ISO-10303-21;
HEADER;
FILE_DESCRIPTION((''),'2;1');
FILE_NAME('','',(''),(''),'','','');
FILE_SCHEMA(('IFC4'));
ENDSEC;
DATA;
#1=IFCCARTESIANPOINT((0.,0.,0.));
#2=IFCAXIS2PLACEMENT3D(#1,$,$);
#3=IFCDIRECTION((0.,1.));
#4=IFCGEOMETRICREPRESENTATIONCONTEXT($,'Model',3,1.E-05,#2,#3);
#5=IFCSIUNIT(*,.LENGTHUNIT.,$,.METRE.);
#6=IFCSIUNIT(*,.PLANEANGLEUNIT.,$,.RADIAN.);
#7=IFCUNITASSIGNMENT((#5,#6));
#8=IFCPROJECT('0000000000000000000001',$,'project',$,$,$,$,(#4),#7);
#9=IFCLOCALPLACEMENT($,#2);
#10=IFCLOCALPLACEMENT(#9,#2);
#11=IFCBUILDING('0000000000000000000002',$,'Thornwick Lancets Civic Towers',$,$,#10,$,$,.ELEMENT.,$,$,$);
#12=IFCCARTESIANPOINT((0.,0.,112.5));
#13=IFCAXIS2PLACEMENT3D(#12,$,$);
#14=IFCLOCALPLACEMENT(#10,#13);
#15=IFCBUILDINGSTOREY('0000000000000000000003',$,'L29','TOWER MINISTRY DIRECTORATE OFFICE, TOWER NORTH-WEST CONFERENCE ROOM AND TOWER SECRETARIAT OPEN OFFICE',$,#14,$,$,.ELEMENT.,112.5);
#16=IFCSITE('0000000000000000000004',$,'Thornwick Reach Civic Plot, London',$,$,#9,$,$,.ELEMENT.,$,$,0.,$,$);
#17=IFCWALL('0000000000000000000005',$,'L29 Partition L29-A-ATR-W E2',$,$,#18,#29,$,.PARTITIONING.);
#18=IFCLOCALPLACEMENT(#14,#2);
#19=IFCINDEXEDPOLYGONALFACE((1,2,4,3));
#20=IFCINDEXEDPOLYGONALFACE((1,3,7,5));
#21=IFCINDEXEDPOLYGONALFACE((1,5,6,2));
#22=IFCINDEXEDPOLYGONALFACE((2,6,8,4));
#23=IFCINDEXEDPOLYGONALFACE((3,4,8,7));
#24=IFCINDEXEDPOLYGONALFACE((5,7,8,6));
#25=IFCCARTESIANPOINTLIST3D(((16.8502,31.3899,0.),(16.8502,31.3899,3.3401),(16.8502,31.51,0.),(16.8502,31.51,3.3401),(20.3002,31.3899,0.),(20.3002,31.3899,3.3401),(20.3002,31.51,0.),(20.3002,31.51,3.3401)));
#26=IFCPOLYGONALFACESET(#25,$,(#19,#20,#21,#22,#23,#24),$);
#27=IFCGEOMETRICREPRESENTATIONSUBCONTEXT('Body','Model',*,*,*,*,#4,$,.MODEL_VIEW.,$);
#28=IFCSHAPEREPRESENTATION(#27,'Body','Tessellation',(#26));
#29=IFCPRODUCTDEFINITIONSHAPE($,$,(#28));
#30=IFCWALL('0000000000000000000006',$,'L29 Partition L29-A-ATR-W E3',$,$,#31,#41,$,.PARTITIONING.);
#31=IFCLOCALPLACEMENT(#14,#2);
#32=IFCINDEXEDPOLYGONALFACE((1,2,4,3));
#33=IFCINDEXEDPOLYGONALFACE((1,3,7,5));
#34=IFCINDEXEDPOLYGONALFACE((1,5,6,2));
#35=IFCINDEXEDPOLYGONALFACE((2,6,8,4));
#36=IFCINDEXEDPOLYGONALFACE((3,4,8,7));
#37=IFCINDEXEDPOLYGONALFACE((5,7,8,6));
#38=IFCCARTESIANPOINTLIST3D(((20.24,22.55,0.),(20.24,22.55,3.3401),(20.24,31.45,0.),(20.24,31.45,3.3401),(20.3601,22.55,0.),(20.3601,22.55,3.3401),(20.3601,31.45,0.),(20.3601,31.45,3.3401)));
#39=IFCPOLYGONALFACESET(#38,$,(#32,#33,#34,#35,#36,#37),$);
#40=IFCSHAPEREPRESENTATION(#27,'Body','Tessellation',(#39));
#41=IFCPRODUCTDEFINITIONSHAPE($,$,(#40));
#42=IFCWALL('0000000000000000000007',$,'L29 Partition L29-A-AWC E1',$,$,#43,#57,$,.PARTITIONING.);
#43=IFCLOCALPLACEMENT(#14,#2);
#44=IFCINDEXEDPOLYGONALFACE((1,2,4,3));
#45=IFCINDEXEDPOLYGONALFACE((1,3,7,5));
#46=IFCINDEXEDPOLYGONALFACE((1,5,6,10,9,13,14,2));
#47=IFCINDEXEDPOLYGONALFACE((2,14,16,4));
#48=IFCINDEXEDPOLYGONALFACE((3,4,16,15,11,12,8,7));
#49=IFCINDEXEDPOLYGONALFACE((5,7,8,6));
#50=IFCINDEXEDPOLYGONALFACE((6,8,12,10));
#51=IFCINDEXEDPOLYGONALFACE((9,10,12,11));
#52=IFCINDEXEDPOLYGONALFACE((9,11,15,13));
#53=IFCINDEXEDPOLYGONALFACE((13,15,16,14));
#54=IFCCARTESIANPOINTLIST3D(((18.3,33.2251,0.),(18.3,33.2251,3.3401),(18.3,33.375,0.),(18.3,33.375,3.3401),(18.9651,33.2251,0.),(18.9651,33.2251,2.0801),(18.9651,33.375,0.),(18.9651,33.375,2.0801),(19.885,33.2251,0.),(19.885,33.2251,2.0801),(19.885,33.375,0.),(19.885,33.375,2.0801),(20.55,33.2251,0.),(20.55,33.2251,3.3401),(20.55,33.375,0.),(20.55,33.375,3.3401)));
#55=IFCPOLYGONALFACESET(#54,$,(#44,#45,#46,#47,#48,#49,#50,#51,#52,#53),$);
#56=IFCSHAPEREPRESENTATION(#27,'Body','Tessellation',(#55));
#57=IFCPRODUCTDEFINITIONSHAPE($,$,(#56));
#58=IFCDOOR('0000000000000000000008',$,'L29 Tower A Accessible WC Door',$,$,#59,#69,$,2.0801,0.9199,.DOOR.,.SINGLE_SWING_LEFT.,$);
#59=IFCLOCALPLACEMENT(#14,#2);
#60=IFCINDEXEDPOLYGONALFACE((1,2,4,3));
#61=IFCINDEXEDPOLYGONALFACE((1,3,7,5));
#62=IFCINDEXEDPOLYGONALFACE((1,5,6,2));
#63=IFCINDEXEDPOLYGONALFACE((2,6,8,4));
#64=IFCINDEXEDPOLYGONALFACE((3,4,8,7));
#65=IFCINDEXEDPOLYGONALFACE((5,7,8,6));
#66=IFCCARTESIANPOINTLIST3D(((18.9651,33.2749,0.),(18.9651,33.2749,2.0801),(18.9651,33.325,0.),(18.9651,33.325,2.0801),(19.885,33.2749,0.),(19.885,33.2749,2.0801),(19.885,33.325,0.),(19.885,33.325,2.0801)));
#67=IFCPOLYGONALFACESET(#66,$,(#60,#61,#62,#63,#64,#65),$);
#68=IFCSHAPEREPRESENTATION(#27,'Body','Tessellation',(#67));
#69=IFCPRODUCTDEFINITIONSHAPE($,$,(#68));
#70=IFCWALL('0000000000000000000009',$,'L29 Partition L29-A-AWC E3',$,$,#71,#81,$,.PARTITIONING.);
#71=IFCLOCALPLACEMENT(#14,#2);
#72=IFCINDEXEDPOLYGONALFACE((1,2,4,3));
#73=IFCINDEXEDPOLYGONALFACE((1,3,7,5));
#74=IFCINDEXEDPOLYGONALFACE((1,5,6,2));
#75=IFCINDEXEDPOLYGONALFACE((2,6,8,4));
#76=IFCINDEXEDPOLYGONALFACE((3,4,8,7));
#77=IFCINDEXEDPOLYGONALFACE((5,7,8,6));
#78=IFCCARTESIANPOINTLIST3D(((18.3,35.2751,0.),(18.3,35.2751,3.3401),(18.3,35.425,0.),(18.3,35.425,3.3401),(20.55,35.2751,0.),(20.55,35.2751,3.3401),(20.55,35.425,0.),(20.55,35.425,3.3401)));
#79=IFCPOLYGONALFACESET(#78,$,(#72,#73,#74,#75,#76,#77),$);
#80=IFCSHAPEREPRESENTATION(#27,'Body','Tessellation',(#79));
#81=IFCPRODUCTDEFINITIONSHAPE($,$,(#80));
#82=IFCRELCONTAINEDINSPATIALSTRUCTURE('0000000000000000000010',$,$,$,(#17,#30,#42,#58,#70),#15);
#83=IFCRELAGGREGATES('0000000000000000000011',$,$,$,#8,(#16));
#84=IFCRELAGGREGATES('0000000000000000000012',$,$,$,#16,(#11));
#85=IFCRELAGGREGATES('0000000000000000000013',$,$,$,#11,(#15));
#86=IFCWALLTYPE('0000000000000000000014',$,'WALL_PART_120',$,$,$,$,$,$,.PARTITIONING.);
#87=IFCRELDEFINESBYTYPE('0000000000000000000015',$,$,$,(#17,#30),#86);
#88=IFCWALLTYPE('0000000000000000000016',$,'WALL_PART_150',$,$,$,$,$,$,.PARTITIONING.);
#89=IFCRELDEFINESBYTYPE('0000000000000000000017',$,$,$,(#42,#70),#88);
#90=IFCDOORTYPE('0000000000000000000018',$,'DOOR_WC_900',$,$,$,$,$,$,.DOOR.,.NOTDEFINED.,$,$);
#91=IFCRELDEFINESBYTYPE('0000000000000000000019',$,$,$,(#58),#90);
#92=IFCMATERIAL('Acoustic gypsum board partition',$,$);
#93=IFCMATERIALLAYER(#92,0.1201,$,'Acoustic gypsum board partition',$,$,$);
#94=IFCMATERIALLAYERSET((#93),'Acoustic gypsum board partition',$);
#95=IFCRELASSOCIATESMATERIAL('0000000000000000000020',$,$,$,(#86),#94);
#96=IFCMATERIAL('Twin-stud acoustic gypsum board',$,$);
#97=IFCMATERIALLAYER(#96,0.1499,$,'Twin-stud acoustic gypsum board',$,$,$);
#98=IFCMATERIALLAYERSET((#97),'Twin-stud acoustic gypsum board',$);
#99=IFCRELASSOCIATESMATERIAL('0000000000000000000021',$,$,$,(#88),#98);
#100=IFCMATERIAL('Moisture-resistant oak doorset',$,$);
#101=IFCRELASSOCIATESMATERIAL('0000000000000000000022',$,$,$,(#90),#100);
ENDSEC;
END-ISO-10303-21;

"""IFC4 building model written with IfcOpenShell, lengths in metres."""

from ifc_helpers import new_model, si_unit, direction, frame, frame_2d, origin, place, context, subcontext, project, spatial, rectangle, extrude, material, layer, layer_set, type_object, element, fill, save


model = new_model("IFC4")

# Units and contexts
model_context = context("Model", 3, precision=1e-05, world=origin(), true_north=direction((0.0, 1.0)))
body_context = subcontext(model_context, "Body", "Model", "MODEL_VIEW")
ifc_project = project(units=[si_unit("LENGTHUNIT", "METRE"), si_unit("PLANEANGLEUNIT", "RADIAN")], contexts=[model_context])

# Site, building, storey
site_placement = place(None, origin())
site = spatial("IfcSite", under=ifc_project, at=site_placement, Name="Thornwick Reach Civic Plot, London", CompositionType="ELEMENT", RefElevation=0.0)
building_placement = place(site_placement, origin())
building = spatial("IfcBuilding", under=site, at=building_placement, Name="Thornwick Lancets Civic Towers", CompositionType="ELEMENT")
storey_placement = place(building_placement, frame((0.0, 0.0, 112.5)))
storey = spatial("IfcBuildingStorey", under=building, at=storey_placement, Name="L29", Description="TOWER MINISTRY DIRECTORATE OFFICE, TOWER NORTH-WEST CONFERENCE ROOM AND TOWER SECRETARIAT OPEN OFFICE", CompositionType="ELEMENT", Elevation=112.5)

# Walls
ifc_material_1 = material(Name="Acoustic gypsum board partition")
ifc_layer_1 = layer(ifc_material_1, 0.1201, Name="Acoustic gypsum board partition")
ifc_layer_set_1 = layer_set([ifc_layer_1], Name="Acoustic gypsum board partition")
wall_type_1 = type_object("IfcWallType", Name="WALL_PART_120", PredefinedType="PARTITIONING", material=ifc_layer_set_1)
wall_1_placement = place(storey_placement, frame((16.8501, 31.45, 0.0), z_axis=(0.0, 0.0, 1.0), x_axis=(1.0, 0.0, 0.0)))
element("IfcWall", 1, at=wall_1_placement, inside=storey, type_object=wall_type_1, Name="L29 Partition L29-A-ATR-W E2", PredefinedType="PARTITIONING", context=body_context, shape_type="SweptSolid", body=[
    extrude(rectangle(XDim=3.45, YDim=0.1201, at=frame_2d((1.7251, 0.0))), origin(), (0.0, 0.0, 1.0), 3.3401),
])
wall_2_placement = place(storey_placement, frame((20.3, 31.45, 0.0), z_axis=(0.0, 0.0, 1.0), x_axis=(0.0, -1.0, 0.0)))
element("IfcWall", 2, at=wall_2_placement, inside=storey, type_object=wall_type_1, Name="L29 Partition L29-A-ATR-W E3", PredefinedType="PARTITIONING", context=body_context, shape_type="SweptSolid", body=[
    extrude(rectangle(XDim=8.8999, YDim=0.1201, at=frame_2d((4.45, 0.0))), origin(), (0.0, 0.0, 1.0), 3.3401),
])

# Wall, opening, door
ifc_material_2 = material(Name="Twin-stud acoustic gypsum board")
ifc_layer_2 = layer(ifc_material_2, 0.1499, Name="Twin-stud acoustic gypsum board")
ifc_layer_set_2 = layer_set([ifc_layer_2], Name="Twin-stud acoustic gypsum board")
wall_type_2 = type_object("IfcWallType", Name="WALL_PART_150", PredefinedType="PARTITIONING", material=ifc_layer_set_2)
wall_3_placement = place(storey_placement, frame((18.3, 33.3, 0.0), z_axis=(0.0, 0.0, 1.0), x_axis=(1.0, 0.0, 0.0)))
wall_3 = element("IfcWall", 3, at=wall_3_placement, inside=storey, type_object=wall_type_2, Name="L29 Partition L29-A-AWC E1", PredefinedType="PARTITIONING", context=body_context, shape_type="SweptSolid", body=[
    extrude(rectangle(XDim=2.25, YDim=0.1499, at=frame_2d((1.125, 0.0))), origin(), (0.0, 0.0, 1.0), 3.3401),
])
opening_1_placement = place(wall_3_placement, frame((0.665, 0.0, 0.0)))
opening_1 = element("IfcOpeningElement", 4, at=opening_1_placement, cuts=wall_3, PredefinedType="OPENING", context=body_context, shape_type="SweptSolid", body=[
    extrude(rectangle(XDim=0.9199, YDim=2.0801, at=frame_2d((0.46, 1.04))), frame((0.0, 0.085, 0.0), z_axis=(0.0, -1.0, 0.0), x_axis=(1.0, 0.0, 0.0)), (0.0, 0.0, 1.0), 0.1699),
])
ifc_material_3 = material(Name="Moisture-resistant oak doorset")
door_type_1 = type_object("IfcDoorType", Name="DOOR_WC_900", OperationType="NOTDEFINED", PredefinedType="DOOR", material=ifc_material_3)
door_1_placement = place(opening_1_placement, origin())
door_1 = element("IfcDoor", 5, at=door_1_placement, inside=storey, type_object=door_type_1, Name="L29 Tower A Accessible WC Door", OperationType="SINGLE_SWING_LEFT", OverallHeight=2.0801, OverallWidth=0.9199, PredefinedType="DOOR", context=body_context, shape_type="SweptSolid", body=[
    extrude(rectangle(XDim=0.9199, YDim=2.0801, at=frame_2d((0.46, 1.04))), frame((0.0, 0.0249, 0.0), z_axis=(0.0, -1.0, 0.0), x_axis=(1.0, 0.0, 0.0)), (0.0, 0.0, 1.0), 0.05),
])
fill(opening_1, door_1)

# Wall
wall_4_placement = place(storey_placement, frame((20.55, 35.3501, 0.0), z_axis=(0.0, 0.0, 1.0), x_axis=(-1.0, 0.0, 0.0)))
element("IfcWall", 6, at=wall_4_placement, inside=storey, type_object=wall_type_2, Name="L29 Partition L29-A-AWC E3", PredefinedType="PARTITIONING", context=body_context, shape_type="SweptSolid", body=[
    extrude(rectangle(XDim=2.25, YDim=0.1499, at=frame_2d((1.125, 0.0))), origin(), (0.0, 0.0, 1.0), 3.3401),
])

save(model, "model.ifc")
